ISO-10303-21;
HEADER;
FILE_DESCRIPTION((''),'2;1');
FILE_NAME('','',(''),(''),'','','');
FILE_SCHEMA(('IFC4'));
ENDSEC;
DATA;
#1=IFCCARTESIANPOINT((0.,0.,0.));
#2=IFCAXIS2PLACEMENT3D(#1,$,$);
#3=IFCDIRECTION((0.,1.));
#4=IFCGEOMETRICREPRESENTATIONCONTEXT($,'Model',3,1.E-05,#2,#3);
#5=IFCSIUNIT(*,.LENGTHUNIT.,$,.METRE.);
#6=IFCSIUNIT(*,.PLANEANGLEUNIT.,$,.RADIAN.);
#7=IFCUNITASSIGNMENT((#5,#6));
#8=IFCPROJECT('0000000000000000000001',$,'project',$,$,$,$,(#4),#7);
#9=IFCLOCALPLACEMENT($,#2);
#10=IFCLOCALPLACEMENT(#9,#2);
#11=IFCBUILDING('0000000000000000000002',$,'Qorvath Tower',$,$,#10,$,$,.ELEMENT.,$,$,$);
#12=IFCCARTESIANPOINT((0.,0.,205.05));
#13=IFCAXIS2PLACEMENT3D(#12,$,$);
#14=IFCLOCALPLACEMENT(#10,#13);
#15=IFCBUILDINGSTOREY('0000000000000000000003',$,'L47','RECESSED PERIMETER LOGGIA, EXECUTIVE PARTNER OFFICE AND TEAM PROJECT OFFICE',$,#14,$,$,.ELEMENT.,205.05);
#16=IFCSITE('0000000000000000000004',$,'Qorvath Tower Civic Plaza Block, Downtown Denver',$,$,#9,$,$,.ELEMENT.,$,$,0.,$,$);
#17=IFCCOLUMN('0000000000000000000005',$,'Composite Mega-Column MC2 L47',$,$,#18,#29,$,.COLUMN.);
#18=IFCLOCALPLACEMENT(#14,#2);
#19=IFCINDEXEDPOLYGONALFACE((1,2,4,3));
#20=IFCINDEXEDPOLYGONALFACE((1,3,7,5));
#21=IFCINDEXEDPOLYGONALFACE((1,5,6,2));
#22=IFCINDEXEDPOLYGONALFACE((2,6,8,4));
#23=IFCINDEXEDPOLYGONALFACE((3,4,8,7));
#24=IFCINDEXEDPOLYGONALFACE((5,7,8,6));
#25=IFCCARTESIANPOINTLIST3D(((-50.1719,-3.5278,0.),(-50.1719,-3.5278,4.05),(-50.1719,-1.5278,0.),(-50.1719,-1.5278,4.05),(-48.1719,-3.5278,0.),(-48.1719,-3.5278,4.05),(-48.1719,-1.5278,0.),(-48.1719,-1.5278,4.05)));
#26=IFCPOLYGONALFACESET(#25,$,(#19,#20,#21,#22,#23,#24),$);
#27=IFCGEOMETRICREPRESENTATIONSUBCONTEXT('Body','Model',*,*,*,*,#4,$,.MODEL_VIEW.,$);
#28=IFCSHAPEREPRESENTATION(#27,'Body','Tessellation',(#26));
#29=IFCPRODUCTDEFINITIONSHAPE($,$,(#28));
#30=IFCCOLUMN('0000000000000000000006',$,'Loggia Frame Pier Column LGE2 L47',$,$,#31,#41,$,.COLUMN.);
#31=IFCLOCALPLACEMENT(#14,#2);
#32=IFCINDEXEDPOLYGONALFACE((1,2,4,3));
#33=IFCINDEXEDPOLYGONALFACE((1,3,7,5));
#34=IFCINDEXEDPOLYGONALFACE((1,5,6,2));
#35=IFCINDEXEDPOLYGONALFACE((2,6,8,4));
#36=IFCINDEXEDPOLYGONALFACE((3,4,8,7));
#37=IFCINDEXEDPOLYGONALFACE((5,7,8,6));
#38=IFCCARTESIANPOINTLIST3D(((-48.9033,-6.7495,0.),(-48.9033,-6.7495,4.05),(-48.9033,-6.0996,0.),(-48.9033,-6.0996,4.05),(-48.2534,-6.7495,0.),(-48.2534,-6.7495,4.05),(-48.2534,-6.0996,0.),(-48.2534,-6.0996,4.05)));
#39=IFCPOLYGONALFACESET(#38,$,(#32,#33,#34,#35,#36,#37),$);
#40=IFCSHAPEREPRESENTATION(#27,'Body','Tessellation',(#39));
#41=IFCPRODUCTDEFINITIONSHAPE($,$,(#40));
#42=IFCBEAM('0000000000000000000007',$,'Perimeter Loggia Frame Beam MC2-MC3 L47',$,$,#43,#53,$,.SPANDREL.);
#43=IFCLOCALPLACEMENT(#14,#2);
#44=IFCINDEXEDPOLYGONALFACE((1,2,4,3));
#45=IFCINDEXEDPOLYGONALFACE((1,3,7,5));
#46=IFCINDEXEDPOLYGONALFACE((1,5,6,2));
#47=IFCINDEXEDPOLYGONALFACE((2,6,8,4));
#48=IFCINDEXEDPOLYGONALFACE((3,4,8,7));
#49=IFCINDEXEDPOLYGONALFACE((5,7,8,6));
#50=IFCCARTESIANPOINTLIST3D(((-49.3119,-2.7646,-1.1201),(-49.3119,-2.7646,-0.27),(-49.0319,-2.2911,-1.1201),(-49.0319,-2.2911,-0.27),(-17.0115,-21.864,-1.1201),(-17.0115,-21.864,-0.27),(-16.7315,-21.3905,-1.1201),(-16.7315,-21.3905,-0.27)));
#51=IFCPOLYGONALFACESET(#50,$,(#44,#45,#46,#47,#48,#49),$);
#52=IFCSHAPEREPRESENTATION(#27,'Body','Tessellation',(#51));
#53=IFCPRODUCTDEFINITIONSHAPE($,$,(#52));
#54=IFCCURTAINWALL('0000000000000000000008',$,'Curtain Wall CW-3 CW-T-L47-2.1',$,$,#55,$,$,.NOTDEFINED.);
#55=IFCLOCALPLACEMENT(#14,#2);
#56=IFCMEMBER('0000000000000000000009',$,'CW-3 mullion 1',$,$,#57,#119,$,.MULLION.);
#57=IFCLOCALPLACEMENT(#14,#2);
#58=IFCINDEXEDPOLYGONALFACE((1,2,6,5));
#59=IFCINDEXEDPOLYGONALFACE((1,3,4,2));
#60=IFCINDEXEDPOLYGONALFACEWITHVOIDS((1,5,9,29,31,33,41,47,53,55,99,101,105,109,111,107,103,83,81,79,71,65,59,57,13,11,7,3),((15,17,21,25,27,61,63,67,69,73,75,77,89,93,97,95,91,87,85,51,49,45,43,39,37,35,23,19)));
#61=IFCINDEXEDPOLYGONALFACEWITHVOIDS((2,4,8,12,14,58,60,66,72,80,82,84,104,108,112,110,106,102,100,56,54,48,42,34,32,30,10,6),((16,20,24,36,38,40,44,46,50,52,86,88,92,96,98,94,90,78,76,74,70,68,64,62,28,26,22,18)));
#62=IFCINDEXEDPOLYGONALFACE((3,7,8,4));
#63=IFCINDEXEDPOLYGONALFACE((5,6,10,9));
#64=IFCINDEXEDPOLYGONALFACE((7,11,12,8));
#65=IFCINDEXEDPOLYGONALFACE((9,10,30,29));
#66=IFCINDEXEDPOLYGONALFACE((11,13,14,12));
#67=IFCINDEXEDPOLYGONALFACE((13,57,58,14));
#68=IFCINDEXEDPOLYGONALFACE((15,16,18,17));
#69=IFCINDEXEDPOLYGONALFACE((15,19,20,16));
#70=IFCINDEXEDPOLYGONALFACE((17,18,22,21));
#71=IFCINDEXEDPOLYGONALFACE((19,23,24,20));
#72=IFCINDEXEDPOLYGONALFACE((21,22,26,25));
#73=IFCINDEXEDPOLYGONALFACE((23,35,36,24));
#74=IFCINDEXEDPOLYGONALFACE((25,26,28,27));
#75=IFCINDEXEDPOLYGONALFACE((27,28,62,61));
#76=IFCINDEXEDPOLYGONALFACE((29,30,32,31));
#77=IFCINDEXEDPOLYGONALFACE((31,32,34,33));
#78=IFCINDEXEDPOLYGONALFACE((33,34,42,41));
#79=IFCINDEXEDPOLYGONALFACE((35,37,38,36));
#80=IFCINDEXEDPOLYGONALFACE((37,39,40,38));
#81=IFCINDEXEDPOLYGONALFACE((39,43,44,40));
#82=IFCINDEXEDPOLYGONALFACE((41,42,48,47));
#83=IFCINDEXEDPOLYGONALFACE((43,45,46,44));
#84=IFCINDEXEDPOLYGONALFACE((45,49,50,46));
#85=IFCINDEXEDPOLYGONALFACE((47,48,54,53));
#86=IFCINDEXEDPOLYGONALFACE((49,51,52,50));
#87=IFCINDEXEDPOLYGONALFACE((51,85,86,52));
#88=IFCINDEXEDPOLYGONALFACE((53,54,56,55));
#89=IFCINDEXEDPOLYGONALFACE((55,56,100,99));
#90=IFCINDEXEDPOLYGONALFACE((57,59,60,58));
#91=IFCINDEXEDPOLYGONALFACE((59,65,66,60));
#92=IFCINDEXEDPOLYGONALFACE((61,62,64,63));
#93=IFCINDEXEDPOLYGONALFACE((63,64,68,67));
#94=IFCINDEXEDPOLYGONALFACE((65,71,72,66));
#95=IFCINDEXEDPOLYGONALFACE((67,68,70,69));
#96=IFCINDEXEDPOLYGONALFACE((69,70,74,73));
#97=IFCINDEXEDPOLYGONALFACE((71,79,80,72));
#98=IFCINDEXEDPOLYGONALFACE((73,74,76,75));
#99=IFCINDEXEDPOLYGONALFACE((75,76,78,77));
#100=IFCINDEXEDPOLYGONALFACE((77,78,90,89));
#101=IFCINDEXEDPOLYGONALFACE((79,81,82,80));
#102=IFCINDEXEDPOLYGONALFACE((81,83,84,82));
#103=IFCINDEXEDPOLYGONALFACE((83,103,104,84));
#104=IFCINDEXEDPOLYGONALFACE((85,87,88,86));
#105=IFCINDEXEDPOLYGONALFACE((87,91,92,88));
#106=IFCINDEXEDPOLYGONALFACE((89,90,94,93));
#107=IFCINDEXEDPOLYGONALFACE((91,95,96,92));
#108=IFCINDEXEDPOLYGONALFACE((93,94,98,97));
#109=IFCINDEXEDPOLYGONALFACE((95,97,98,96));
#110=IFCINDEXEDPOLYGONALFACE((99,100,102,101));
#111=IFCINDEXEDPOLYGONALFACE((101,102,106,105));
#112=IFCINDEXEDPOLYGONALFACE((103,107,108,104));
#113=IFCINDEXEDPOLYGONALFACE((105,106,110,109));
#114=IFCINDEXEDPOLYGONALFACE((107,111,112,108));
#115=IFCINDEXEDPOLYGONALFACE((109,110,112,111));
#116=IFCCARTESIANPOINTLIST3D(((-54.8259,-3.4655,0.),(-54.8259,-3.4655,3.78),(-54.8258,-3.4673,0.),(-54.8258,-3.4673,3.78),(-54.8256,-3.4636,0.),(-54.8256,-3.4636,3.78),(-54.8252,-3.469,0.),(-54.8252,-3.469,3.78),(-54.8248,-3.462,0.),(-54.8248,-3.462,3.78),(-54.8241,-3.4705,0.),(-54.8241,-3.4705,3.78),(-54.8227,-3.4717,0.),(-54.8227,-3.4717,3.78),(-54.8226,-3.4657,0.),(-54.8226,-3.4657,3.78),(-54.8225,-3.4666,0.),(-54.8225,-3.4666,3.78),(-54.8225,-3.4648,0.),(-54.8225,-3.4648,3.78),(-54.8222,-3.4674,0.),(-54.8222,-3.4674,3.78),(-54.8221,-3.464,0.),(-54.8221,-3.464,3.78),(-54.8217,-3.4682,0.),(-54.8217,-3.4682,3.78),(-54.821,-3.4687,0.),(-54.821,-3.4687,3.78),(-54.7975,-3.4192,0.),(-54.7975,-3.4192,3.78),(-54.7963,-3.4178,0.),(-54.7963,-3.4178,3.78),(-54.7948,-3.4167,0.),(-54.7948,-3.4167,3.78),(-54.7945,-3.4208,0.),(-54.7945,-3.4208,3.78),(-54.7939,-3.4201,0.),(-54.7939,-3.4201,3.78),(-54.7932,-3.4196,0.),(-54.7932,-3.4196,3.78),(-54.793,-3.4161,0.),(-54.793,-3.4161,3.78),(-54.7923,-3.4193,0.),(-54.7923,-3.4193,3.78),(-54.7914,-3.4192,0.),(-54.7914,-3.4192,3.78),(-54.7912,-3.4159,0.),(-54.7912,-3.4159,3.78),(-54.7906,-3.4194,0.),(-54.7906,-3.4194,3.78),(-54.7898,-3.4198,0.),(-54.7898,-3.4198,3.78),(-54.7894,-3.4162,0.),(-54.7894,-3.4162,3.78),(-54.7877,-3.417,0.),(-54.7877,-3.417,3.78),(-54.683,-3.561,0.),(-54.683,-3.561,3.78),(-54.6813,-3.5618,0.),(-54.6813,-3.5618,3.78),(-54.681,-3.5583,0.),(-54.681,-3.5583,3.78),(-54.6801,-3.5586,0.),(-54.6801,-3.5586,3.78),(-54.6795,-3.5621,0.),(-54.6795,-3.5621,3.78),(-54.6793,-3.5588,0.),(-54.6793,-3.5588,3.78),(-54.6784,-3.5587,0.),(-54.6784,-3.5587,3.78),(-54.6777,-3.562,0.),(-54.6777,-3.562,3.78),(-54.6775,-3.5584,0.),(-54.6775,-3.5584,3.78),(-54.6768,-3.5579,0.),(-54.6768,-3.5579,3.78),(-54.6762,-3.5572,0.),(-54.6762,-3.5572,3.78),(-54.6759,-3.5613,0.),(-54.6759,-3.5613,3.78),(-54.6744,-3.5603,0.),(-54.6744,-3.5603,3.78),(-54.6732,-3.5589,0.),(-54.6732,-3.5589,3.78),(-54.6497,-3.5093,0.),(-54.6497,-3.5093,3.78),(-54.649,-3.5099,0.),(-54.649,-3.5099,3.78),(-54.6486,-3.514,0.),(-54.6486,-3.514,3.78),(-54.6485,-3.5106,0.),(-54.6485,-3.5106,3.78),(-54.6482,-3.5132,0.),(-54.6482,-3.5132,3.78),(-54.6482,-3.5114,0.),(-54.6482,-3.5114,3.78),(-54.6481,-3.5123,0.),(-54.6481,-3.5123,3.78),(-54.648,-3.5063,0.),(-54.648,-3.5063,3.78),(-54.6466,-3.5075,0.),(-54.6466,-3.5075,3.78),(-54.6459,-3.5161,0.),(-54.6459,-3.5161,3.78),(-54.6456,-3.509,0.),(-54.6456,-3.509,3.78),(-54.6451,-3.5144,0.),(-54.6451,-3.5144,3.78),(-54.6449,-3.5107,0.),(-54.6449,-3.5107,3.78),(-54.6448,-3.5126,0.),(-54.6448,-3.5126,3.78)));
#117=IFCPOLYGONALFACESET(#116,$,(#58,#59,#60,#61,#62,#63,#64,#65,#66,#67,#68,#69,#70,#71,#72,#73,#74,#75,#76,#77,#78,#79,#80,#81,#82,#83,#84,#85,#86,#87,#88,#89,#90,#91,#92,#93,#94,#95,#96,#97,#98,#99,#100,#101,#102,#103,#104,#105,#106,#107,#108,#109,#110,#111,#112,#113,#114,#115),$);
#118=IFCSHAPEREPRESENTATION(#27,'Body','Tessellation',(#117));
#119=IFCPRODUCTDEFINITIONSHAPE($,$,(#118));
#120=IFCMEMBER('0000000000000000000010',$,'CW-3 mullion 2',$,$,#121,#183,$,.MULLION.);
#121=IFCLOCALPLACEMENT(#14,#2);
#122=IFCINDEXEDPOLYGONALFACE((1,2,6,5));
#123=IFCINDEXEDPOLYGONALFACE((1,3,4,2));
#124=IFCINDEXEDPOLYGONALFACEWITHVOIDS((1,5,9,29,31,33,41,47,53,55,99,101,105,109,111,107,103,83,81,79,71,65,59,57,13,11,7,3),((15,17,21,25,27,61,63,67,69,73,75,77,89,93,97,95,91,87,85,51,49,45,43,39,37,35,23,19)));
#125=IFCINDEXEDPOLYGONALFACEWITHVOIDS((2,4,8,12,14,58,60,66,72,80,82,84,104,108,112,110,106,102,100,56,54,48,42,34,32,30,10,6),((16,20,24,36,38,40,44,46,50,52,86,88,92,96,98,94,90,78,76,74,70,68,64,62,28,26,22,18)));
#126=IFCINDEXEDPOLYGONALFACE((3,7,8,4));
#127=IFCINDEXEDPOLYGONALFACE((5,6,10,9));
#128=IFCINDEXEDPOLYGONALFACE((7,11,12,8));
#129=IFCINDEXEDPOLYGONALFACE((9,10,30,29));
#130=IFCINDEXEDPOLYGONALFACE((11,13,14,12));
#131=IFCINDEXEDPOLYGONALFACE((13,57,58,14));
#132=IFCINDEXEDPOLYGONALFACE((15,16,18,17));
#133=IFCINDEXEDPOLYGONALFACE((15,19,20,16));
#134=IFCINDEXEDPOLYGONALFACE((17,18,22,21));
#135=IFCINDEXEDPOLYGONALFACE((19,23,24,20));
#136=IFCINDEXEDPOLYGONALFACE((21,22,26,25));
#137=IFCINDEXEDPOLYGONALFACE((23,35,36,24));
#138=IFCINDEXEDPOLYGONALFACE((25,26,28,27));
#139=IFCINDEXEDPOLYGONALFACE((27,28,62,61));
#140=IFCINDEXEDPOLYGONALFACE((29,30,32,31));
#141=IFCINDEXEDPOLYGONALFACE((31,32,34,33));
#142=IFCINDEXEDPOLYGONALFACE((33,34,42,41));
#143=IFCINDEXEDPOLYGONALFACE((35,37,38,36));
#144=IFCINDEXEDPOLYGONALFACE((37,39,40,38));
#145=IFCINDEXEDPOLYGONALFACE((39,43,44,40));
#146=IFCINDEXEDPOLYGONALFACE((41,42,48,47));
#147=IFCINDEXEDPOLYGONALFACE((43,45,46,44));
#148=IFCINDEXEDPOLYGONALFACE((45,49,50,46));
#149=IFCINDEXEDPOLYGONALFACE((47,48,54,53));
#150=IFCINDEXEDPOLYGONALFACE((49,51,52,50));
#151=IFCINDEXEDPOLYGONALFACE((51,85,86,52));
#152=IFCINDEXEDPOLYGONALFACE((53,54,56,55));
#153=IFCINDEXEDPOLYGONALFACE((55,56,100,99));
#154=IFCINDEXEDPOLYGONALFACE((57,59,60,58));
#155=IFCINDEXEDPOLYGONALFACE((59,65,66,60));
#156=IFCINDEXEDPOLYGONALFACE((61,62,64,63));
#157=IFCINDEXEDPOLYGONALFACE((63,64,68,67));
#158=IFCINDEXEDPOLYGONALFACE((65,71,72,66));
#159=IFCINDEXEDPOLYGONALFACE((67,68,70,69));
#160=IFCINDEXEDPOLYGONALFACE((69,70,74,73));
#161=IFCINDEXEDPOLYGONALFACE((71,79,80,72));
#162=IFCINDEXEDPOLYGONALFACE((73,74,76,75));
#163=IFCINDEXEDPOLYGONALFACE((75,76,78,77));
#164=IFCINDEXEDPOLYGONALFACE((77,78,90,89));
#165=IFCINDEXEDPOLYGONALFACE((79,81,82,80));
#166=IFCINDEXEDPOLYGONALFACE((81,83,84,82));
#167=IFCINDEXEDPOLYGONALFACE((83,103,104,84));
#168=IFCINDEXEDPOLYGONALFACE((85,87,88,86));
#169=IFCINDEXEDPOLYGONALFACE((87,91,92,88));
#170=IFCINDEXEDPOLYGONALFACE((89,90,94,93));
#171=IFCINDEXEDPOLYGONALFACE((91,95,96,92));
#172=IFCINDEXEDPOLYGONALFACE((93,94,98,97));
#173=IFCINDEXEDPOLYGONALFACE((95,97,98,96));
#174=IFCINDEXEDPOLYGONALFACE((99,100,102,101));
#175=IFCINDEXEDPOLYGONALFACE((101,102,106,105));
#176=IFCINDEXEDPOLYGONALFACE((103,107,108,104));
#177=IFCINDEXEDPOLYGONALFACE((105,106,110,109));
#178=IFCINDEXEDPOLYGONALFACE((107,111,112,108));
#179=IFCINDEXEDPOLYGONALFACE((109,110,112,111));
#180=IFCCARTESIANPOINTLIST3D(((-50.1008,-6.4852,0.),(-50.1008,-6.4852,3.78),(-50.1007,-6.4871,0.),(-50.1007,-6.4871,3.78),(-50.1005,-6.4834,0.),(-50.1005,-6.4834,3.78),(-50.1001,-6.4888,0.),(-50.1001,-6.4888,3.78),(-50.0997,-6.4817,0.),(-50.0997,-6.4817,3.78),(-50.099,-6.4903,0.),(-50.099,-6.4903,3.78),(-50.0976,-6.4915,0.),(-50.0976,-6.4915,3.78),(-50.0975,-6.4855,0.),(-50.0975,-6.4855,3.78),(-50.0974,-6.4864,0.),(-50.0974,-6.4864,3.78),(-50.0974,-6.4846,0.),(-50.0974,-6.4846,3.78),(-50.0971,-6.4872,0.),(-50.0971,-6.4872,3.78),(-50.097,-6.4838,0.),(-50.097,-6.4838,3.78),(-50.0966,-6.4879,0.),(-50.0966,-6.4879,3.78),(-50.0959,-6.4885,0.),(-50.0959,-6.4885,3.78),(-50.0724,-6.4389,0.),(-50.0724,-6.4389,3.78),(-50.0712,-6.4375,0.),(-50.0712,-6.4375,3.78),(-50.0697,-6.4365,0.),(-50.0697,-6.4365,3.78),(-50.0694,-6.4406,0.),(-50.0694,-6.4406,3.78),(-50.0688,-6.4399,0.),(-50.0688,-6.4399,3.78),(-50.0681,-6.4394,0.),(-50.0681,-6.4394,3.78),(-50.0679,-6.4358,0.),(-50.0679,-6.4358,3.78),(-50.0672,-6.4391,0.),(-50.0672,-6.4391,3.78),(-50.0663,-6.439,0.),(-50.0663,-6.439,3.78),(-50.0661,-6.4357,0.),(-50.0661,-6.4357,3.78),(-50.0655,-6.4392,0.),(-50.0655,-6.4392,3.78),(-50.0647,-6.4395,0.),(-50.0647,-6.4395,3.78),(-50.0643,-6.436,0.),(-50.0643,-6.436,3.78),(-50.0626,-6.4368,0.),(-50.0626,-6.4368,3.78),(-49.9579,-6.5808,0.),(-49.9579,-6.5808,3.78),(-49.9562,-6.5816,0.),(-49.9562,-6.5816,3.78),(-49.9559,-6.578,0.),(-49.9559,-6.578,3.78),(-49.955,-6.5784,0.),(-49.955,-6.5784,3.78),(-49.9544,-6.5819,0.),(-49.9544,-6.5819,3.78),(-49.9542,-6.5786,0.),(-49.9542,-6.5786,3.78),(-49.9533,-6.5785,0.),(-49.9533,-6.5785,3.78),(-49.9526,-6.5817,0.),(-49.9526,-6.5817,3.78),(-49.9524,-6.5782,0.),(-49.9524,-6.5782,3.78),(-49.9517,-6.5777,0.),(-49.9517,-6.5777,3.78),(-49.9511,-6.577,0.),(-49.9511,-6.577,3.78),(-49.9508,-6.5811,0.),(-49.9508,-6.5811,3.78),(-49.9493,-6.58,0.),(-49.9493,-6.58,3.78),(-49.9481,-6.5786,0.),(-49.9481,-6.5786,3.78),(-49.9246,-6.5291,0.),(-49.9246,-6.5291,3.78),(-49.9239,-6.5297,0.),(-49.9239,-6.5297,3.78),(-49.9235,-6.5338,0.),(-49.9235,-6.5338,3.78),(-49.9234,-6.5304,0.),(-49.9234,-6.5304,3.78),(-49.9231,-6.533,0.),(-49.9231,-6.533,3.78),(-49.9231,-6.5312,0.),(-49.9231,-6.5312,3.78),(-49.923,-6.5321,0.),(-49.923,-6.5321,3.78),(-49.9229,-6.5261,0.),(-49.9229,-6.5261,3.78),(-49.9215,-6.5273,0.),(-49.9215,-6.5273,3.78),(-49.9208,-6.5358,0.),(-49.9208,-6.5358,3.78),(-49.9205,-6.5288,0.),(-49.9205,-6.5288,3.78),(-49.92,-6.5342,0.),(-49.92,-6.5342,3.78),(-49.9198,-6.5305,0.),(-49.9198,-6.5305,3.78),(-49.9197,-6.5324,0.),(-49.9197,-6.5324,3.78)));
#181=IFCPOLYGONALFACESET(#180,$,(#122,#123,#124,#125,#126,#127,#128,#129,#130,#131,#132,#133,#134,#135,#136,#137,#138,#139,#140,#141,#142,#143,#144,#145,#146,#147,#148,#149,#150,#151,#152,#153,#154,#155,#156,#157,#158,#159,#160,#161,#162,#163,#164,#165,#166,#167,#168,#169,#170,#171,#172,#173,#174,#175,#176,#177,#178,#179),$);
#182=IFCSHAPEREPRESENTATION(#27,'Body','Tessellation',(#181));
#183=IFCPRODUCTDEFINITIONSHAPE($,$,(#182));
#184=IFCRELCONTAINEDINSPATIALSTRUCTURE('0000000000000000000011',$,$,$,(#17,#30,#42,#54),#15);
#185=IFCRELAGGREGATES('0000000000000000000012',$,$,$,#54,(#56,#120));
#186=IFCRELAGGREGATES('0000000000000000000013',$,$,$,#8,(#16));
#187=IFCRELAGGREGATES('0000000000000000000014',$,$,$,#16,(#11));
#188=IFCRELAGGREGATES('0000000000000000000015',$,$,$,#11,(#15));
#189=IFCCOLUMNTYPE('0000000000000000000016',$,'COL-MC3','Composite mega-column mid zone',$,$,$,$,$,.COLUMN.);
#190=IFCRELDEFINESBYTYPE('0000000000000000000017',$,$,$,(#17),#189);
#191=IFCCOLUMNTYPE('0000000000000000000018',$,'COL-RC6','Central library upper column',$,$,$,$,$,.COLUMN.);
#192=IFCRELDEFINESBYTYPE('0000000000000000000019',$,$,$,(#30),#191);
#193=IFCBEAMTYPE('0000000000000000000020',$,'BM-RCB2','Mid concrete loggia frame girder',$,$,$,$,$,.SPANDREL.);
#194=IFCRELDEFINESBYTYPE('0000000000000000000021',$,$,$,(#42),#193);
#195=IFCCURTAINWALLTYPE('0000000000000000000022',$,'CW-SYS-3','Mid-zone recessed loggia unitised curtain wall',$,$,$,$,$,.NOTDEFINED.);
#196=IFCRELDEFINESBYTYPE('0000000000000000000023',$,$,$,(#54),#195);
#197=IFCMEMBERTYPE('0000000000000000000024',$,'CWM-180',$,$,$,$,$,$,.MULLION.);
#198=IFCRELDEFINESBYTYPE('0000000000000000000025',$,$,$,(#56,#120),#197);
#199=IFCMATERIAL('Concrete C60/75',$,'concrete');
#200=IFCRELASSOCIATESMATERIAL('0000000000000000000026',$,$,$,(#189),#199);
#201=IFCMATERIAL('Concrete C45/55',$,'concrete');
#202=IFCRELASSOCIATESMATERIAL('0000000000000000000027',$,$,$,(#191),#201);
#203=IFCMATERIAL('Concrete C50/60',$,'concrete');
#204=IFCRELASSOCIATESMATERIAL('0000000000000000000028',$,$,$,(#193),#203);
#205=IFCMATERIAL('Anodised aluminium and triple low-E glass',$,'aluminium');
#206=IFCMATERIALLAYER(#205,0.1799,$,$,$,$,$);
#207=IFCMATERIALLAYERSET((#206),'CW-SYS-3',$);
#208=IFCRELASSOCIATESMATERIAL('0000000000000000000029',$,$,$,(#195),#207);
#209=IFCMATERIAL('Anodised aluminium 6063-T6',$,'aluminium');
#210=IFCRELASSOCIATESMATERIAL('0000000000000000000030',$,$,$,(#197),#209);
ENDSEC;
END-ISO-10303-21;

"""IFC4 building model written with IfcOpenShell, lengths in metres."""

from ifc_helpers import new_model, si_unit, direction, frame, origin, origin_2d, place, context, subcontext, project, spatial, rectangle, hollow_rectangle, extrude, material, layer, layer_set, material_profile, profile_set, type_object, element, aggregate, save


model = new_model("IFC4")

# Units and contexts
model_context = context("Model", 3, precision=1e-05, world=origin(), true_north=direction((0.0, 1.0)))
body_context = subcontext(model_context, "Body", "Model", "MODEL_VIEW")
ifc_project = project(units=[si_unit("LENGTHUNIT", "METRE"), si_unit("PLANEANGLEUNIT", "RADIAN")], contexts=[model_context])

# Site, building, storey
site_placement = place(None, origin())
site = spatial("IfcSite", under=ifc_project, at=site_placement, Name="Qorvath Tower Civic Plaza Block, Downtown Denver", CompositionType="ELEMENT", RefElevation=0.0)
building_placement = place(site_placement, origin())
building = spatial("IfcBuilding", under=site, at=building_placement, Name="Qorvath Tower", CompositionType="ELEMENT")
storey_placement = place(building_placement, frame((0.0, 0.0, 205.05)))
storey = spatial("IfcBuildingStorey", under=building, at=storey_placement, Name="L47", Description="RECESSED PERIMETER LOGGIA, EXECUTIVE PARTNER OFFICE AND TEAM PROJECT OFFICE", CompositionType="ELEMENT", Elevation=205.05)

# Columns
ifc_material_1 = material(Name="Concrete C60/75", Category="concrete")
ifc_material_profile_1 = material_profile(ifc_material_1, rectangle(XDim=2.0, YDim=2.0, at=origin_2d()), Name="MC 2000x2000")
ifc_profile_set_1 = profile_set([ifc_material_profile_1], Name="Concrete C60/75")
column_type_1 = type_object("IfcColumnType", Name="COL-MC3", Description="Composite mega-column mid zone", PredefinedType="COLUMN", material=ifc_profile_set_1)
column_1_placement = place(storey_placement, frame((-49.1719, -2.5278, 0.0), z_axis=(0.0, 0.0, 1.0), x_axis=(1.0, 0.0, 0.0)))
element("IfcColumn", 1, at=column_1_placement, inside=storey, type_object=column_type_1, Name="Composite Mega-Column MC2 L47", PredefinedType="COLUMN", context=body_context, shape_type="SweptSolid", body=[
    extrude(rectangle(XDim=2.0, YDim=2.0, at=origin_2d()), origin(), (0.0, 0.0, 1.0), 4.05),
])
ifc_material_2 = material(Name="Concrete C45/55", Category="concrete")
ifc_material_profile_2 = material_profile(ifc_material_2, rectangle(XDim=0.6499, YDim=0.6499, at=origin_2d()), Name="RC 650x650")
ifc_profile_set_2 = profile_set([ifc_material_profile_2], Name="Concrete C45/55")
column_type_2 = type_object("IfcColumnType", Name="COL-RC6", Description="Central library upper column", PredefinedType="COLUMN", material=ifc_profile_set_2)
column_2_placement = place(storey_placement, frame((-48.5784, -6.4246, 0.0), z_axis=(0.0, 0.0, 1.0), x_axis=(1.0, 0.0, 0.0)))
element("IfcColumn", 2, at=column_2_placement, inside=storey, type_object=column_type_2, Name="Loggia Frame Pier Column LGE2 L47", PredefinedType="COLUMN", context=body_context, shape_type="SweptSolid", body=[
    extrude(rectangle(XDim=0.6499, YDim=0.6499, at=origin_2d()), origin(), (0.0, 0.0, 1.0), 4.05),
])

# Beam
ifc_material_3 = material(Name="Concrete C50/60", Category="concrete")
ifc_material_profile_3 = material_profile(ifc_material_3, rectangle(XDim=0.55, YDim=0.8501, at=origin_2d()), Name="RCB 850x550")
ifc_profile_set_3 = profile_set([ifc_material_profile_3], Name="Concrete C50/60")
beam_type = type_object("IfcBeamType", Name="BM-RCB2", Description="Mid concrete loggia frame girder", PredefinedType="SPANDREL", material=ifc_profile_set_3)
beam_placement = place(storey_placement, frame((-49.1719, -2.5278, -0.6951), z_axis=(0.860777, -0.508983, 0.0), x_axis=(0.508983, 0.860777, 0.0)))
element("IfcBeam", 3, at=beam_placement, inside=storey, type_object=beam_type, Name="Perimeter Loggia Frame Beam MC2-MC3 L47", PredefinedType="SPANDREL", context=body_context, shape_type="SweptSolid", body=[
    extrude(rectangle(XDim=0.55, YDim=0.8501, at=origin_2d()), origin(), (0.0, 0.0, 1.0), 37.5247),
])

# Curtain wall, members
ifc_material_4 = material(Name="Anodised aluminium and triple low-E glass", Category="aluminium")
ifc_layer_1 = layer(ifc_material_4, 0.1799)
ifc_layer_set_1 = layer_set([ifc_layer_1], Name="CW-SYS-3")
curtain_wall_type = type_object("IfcCurtainWallType", Name="CW-SYS-3", Description="Mid-zone recessed loggia unitised curtain wall", PredefinedType="NOTDEFINED", material=ifc_layer_set_1)
curtain_wall_placement = place(storey_placement, origin())
curtain_wall = element("IfcCurtainWall", 4, at=curtain_wall_placement, inside=storey, type_object=curtain_wall_type, Name="Curtain Wall CW-3 CW-T-L47-2.1", PredefinedType="NOTDEFINED")
ifc_material_5 = material(Name="Anodised aluminium 6063-T6", Category="aluminium")
ifc_material_profile_4 = material_profile(ifc_material_5, hollow_rectangle(XDim=0.0649, YDim=0.1799, WallThickness=0.0034, InnerFilletRadius=0.0034, OuterFilletRadius=0.0071, at=origin_2d()), Name="CWM 180x65")
ifc_profile_set_4 = profile_set([ifc_material_profile_4], Name="Anodised aluminium 6063-T6")
member_type_1 = type_object("IfcMemberType", Name="CWM-180", PredefinedType="MULLION", material=ifc_profile_set_4)
member_1_placement = place(storey_placement, frame((-54.7354, -3.489, 0.0), z_axis=(0.0, 0.0, 1.0), x_axis=(0.538534, 0.842604, 0.0)))
member_1 = element("IfcMember", 5, at=member_1_placement, type_object=member_type_1, Name="CW-3 mullion 1", PredefinedType="MULLION", context=body_context, shape_type="SweptSolid", body=[
    extrude(hollow_rectangle(XDim=0.0649, YDim=0.1799, WallThickness=0.0034, InnerFilletRadius=0.0034, OuterFilletRadius=0.0071, at=origin_2d()), origin(), (0.0, 0.0, 1.0), 3.78),
])
member_2_placement = place(storey_placement, frame((-50.0103, -6.5088, 0.0), z_axis=(0.0, 0.0, 1.0), x_axis=(0.538534, 0.842604, 0.0)))
member_2 = element("IfcMember", 6, at=member_2_placement, type_object=member_type_1, Name="CW-3 mullion 2", PredefinedType="MULLION", context=body_context, shape_type="SweptSolid", body=[
    extrude(hollow_rectangle(XDim=0.0649, YDim=0.1799, WallThickness=0.0034, InnerFilletRadius=0.0034, OuterFilletRadius=0.0071, at=origin_2d()), origin(), (0.0, 0.0, 1.0), 3.78),
])
aggregate(curtain_wall, [member_1, member_2])

save(model, "model.ifc")
